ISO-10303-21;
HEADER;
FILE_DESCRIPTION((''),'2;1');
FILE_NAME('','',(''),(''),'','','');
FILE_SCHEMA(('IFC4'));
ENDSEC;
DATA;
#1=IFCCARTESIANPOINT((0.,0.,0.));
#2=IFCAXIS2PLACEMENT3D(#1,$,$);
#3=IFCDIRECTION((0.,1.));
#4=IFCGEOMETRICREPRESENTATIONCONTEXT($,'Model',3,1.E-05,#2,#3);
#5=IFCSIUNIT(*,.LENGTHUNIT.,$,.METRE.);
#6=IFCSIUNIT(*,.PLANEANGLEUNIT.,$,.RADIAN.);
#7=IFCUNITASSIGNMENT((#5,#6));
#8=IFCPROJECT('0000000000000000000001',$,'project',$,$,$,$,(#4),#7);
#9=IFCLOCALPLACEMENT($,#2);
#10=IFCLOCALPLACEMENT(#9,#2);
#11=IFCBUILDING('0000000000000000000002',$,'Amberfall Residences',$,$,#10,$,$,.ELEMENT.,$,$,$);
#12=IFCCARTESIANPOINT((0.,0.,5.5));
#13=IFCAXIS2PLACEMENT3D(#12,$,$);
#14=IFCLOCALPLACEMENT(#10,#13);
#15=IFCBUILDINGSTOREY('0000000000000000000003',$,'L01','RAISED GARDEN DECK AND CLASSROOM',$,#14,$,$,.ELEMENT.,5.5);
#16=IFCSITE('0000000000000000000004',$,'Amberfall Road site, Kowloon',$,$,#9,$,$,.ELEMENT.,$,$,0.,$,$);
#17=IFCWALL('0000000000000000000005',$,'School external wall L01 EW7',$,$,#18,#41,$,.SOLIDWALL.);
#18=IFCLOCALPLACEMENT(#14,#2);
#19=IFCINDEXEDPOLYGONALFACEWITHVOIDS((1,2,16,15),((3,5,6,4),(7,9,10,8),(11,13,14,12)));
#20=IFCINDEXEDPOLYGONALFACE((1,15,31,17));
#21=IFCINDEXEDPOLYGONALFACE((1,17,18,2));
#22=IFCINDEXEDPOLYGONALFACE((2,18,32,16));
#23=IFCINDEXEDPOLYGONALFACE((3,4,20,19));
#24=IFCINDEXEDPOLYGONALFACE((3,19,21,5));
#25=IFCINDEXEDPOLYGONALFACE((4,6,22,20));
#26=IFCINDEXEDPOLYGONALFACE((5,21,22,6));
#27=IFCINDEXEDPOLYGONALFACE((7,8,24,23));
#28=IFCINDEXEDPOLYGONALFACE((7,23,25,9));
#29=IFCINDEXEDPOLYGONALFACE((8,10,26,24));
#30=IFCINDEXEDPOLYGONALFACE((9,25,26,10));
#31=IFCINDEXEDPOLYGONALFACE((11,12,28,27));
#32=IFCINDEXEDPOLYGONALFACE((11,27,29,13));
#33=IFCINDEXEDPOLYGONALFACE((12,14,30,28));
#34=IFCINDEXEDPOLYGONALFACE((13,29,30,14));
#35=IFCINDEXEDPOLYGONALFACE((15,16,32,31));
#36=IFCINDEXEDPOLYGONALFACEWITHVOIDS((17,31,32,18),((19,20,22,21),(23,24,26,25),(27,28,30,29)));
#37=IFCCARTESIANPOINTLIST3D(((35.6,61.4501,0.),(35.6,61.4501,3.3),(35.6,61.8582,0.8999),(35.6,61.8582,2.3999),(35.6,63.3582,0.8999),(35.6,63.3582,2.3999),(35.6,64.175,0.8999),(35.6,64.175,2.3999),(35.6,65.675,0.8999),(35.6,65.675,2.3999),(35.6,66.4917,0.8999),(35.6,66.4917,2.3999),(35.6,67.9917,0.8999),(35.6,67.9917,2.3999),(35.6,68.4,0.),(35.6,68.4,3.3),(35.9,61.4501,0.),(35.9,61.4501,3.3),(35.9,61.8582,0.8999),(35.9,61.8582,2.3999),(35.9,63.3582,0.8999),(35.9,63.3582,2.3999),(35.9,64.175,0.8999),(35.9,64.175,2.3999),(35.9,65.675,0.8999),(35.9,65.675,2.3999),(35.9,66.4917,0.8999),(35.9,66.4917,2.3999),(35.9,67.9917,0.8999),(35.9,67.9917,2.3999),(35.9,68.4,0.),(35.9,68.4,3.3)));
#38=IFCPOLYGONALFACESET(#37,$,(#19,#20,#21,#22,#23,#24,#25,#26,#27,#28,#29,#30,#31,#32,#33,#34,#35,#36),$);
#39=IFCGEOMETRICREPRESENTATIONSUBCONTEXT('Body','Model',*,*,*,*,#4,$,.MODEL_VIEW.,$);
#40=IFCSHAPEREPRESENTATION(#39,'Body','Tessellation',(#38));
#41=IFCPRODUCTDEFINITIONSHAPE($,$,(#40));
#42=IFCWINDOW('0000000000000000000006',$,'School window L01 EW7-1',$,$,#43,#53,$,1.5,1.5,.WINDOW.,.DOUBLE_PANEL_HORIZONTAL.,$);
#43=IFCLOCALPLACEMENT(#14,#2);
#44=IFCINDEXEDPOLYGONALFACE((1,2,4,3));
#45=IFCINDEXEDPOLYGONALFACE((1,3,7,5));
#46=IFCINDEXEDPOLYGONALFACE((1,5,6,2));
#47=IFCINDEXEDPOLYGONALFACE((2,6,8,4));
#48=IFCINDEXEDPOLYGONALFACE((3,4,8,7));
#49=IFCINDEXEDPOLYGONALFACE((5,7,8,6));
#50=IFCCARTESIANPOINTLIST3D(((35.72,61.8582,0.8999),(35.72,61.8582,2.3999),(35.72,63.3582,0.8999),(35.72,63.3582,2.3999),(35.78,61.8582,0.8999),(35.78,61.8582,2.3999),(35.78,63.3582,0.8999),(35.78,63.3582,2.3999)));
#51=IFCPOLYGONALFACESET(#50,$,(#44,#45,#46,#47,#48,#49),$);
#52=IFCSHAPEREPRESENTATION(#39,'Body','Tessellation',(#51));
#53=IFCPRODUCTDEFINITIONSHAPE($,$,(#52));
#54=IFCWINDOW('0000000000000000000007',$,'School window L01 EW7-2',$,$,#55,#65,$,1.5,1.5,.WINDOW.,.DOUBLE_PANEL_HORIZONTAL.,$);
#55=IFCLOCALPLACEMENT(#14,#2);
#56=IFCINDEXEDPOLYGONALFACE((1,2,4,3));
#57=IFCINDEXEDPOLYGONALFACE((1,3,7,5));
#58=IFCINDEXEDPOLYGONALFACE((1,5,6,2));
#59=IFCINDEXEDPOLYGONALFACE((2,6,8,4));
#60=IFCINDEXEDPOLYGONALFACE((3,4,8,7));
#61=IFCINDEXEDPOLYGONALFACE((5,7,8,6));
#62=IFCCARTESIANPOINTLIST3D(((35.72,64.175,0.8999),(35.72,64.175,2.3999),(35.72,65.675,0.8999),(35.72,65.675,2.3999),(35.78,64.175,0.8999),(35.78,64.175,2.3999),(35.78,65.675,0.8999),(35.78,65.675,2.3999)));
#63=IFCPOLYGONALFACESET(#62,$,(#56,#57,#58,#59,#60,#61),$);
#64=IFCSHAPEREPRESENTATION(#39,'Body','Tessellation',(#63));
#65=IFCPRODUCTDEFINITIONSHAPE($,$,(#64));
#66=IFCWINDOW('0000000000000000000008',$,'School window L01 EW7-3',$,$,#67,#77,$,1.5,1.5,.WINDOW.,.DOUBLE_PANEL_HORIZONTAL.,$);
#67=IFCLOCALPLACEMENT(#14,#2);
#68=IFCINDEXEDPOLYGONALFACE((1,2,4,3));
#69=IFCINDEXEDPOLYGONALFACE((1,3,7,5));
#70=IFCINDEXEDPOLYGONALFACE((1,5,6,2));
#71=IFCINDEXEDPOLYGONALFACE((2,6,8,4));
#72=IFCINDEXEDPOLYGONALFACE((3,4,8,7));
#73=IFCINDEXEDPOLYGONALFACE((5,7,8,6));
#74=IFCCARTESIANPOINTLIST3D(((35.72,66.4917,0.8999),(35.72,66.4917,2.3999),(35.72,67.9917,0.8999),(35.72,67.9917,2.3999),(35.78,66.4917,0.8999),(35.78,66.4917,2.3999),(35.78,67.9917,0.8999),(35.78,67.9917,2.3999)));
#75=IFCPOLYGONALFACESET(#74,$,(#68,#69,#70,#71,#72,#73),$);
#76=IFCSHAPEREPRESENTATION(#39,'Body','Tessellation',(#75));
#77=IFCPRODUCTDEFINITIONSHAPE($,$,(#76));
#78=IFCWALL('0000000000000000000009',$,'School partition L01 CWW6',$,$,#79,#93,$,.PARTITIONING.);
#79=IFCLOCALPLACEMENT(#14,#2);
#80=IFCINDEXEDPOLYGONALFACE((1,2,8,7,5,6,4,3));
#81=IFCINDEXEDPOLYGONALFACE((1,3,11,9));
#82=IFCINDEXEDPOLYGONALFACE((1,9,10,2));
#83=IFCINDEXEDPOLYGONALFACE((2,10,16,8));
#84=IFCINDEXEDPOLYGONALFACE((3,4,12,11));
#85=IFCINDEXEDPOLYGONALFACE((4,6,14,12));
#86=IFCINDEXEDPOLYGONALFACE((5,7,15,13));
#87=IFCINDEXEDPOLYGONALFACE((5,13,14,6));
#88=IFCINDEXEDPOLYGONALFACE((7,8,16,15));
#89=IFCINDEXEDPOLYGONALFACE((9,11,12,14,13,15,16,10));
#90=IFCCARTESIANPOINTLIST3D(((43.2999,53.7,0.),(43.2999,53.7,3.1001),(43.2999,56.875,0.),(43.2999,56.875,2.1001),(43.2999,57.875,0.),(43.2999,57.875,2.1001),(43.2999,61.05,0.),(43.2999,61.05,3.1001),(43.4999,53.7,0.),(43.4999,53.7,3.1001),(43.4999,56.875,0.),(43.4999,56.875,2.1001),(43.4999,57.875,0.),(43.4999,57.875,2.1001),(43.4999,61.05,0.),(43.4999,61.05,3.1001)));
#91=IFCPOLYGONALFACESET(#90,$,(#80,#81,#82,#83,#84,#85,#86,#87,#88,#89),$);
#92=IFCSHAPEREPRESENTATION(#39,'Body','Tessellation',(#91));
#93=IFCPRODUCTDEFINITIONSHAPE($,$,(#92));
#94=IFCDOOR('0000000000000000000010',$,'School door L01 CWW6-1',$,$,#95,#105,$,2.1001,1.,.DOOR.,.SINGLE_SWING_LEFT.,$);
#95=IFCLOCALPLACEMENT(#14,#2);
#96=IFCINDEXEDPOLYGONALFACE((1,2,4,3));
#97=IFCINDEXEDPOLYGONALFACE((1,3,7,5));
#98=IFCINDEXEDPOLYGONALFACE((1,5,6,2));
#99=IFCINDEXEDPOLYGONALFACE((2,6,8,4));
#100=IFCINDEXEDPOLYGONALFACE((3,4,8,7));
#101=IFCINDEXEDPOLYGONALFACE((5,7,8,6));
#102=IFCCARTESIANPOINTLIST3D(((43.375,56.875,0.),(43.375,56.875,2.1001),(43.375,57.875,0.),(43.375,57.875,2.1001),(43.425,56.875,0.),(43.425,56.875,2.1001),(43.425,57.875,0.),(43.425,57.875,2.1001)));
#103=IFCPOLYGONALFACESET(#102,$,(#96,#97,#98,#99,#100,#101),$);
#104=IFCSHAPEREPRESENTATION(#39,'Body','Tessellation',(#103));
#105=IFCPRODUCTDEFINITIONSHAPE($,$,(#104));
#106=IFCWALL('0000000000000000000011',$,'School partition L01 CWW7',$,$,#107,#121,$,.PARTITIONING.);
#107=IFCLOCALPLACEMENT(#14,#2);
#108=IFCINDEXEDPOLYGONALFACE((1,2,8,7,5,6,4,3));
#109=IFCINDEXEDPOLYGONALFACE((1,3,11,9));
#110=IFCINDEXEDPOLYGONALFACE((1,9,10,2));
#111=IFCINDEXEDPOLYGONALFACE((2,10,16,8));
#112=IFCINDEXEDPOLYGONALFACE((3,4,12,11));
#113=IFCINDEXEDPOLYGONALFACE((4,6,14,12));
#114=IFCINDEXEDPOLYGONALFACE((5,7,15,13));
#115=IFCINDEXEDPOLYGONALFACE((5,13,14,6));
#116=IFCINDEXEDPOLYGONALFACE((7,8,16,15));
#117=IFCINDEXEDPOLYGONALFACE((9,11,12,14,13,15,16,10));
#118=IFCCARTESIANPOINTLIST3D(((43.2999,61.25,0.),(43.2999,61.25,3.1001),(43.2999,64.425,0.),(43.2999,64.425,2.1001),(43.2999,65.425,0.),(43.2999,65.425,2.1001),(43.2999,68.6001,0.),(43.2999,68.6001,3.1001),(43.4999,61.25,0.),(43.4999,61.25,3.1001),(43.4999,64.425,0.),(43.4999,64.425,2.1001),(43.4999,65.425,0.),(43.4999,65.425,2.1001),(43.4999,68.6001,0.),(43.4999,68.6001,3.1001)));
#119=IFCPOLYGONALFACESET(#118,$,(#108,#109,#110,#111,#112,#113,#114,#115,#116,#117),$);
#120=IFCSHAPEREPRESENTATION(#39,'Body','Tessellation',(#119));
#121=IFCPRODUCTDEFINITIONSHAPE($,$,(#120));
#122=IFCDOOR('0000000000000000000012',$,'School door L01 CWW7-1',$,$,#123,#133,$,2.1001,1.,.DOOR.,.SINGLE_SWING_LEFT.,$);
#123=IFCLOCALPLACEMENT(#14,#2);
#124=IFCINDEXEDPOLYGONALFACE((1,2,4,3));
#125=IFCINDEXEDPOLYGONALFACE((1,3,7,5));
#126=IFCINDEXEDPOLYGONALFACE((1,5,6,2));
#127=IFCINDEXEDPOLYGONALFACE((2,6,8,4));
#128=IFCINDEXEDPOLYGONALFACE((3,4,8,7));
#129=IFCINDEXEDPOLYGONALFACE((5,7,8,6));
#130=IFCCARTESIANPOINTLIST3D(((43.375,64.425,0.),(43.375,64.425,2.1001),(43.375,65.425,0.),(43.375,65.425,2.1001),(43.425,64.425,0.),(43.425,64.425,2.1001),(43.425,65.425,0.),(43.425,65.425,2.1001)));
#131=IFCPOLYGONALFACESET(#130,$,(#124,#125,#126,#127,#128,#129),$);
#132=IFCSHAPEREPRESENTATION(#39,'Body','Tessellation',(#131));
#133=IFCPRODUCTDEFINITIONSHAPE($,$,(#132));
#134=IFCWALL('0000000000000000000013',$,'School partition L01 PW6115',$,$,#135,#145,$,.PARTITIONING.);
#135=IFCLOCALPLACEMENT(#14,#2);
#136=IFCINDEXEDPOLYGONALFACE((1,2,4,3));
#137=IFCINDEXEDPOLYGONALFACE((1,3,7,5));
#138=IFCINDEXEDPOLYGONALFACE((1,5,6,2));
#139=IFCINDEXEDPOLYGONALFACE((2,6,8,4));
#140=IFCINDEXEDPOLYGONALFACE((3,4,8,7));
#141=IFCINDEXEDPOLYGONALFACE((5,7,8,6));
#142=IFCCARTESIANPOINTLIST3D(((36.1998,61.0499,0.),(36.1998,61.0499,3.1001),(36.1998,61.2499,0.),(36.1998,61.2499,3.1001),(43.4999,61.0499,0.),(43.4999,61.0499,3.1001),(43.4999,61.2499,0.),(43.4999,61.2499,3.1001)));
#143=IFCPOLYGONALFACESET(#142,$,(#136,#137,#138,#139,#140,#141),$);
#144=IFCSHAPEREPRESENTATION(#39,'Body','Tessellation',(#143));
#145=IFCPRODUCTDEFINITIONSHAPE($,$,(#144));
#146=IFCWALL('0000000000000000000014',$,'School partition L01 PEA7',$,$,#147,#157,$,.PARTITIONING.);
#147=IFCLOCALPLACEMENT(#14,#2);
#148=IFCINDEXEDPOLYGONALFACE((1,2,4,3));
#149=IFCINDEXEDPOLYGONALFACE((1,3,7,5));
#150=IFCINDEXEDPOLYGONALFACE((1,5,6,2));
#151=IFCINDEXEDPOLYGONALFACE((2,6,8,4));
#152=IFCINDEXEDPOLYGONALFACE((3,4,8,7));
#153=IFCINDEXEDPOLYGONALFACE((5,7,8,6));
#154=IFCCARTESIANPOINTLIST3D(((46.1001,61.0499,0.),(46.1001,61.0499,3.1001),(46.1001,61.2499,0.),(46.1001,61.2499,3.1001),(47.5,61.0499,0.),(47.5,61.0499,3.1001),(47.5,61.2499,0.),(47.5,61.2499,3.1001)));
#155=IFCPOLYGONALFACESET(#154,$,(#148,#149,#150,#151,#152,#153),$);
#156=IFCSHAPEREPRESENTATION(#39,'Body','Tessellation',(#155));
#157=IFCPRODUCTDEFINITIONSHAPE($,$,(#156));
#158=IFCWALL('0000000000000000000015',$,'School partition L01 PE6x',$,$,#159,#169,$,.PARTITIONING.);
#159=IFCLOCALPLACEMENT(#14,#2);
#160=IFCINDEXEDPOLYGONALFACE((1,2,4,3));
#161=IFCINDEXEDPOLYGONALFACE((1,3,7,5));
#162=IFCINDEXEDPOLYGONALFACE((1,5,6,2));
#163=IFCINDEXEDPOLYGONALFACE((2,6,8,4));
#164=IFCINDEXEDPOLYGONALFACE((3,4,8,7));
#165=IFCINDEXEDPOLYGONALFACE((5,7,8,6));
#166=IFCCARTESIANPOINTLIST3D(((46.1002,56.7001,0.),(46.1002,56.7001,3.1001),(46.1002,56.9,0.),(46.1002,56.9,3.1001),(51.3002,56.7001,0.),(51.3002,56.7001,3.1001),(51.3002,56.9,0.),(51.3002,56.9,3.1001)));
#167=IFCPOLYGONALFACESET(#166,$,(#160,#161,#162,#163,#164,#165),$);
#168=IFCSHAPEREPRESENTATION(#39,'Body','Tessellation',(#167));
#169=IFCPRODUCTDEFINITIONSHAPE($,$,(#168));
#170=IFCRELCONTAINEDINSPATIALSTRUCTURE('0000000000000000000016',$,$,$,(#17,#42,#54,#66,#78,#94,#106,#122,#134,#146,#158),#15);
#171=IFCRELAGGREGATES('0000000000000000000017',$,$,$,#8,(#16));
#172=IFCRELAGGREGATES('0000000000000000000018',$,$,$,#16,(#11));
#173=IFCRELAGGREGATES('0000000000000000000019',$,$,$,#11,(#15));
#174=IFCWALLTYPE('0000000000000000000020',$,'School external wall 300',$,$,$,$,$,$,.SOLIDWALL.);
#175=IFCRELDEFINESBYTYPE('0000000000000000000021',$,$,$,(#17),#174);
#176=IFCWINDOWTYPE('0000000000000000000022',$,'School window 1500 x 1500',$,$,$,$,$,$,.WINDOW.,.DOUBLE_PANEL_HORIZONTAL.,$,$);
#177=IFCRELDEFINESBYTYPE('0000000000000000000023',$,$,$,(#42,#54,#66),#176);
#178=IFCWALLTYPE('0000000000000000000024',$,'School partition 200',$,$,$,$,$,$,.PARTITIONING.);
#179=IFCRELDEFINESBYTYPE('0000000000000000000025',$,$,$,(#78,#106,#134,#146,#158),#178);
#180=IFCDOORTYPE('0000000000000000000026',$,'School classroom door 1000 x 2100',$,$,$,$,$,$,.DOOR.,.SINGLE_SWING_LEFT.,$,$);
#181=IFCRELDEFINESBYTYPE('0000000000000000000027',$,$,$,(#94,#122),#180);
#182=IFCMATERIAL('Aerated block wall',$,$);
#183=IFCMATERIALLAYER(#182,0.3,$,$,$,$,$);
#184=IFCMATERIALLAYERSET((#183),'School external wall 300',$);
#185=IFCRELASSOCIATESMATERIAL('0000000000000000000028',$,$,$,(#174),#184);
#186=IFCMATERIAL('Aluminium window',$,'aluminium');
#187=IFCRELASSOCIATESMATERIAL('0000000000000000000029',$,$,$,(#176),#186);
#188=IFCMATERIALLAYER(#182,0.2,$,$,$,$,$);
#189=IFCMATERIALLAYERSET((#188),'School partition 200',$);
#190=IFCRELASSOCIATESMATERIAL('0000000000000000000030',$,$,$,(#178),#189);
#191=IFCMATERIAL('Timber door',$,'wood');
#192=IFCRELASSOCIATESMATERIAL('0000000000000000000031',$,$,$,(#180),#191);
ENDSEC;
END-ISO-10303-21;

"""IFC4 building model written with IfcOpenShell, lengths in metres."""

from ifc_helpers import new_model, si_unit, direction, frame, frame_2d, origin, place, context, subcontext, project, spatial, rectangle, extrude, material, layer, layer_set, type_object, element, fill, save


model = new_model("IFC4")

# Units and contexts
model_context = context("Model", 3, precision=1e-05, world=origin(), true_north=direction((0.0, 1.0)))
body_context = subcontext(model_context, "Body", "Model", "MODEL_VIEW")
ifc_project = project(units=[si_unit("LENGTHUNIT", "METRE"), si_unit("PLANEANGLEUNIT", "RADIAN")], contexts=[model_context])

# Site, building, storey
site_placement = place(None, origin())
site = spatial("IfcSite", under=ifc_project, at=site_placement, Name="Amberfall Road site, Kowloon", CompositionType="ELEMENT", RefElevation=0.0)
building_placement = place(site_placement, origin())
building = spatial("IfcBuilding", under=site, at=building_placement, Name="Amberfall Residences", CompositionType="ELEMENT")
storey_placement = place(building_placement, frame((0.0, 0.0, 5.5)))
storey = spatial("IfcBuildingStorey", under=building, at=storey_placement, Name="L01", Description="RAISED GARDEN DECK AND CLASSROOM", CompositionType="ELEMENT", Elevation=5.5)

# Wall, openings, windows
ifc_material_1 = material(Name="Aerated block wall")
ifc_layer_1 = layer(ifc_material_1, 0.3)
ifc_layer_set_1 = layer_set([ifc_layer_1], Name="School external wall 300")
wall_type_1 = type_object("IfcWallType", Name="School external wall 300", PredefinedType="SOLIDWALL", material=ifc_layer_set_1)
ifc_material_2 = material(Name="Aluminium window", Category="aluminium")
window_type = type_object("IfcWindowType", Name="School window 1500 x 1500", PartitioningType="DOUBLE_PANEL_HORIZONTAL", PredefinedType="WINDOW", material=ifc_material_2)
wall_1_placement = place(storey_placement, frame((35.75, 61.45, 0.0), z_axis=(0.0, 0.0, 1.0), x_axis=(0.0, 1.0, 0.0)))
wall_1 = element("IfcWall", 1, at=wall_1_placement, inside=storey, type_object=wall_type_1, Name="School external wall L01 EW7", PredefinedType="SOLIDWALL", context=body_context, shape_type="SweptSolid", body=[
    extrude(rectangle(XDim=6.95, YDim=0.3, at=frame_2d((3.4751, 0.0))), origin(), (0.0, 0.0, 1.0), 3.3),
])
opening_1_placement = place(wall_1_placement, frame((0.4082, 0.0, 0.8999)))
opening_1 = element("IfcOpeningElement", 2, at=opening_1_placement, cuts=wall_1, PredefinedType="OPENING", context=body_context, shape_type="SweptSolid", body=[
    extrude(rectangle(XDim=1.5, YDim=1.5, at=frame_2d((0.75, 0.75))), frame((0.0, 0.1599, 0.0), z_axis=(0.0, -1.0, 0.0), x_axis=(1.0, 0.0, 0.0)), (0.0, 0.0, 1.0), 0.3201),
])
opening_2_placement = place(wall_1_placement, frame((2.7251, 0.0, 0.8999)))
opening_2 = element("IfcOpeningElement", 3, at=opening_2_placement, cuts=wall_1, PredefinedType="OPENING", context=body_context, shape_type="SweptSolid", body=[
    extrude(rectangle(XDim=1.5, YDim=1.5, at=frame_2d((0.75, 0.75))), frame((0.0, 0.1599, 0.0), z_axis=(0.0, -1.0, 0.0), x_axis=(1.0, 0.0, 0.0)), (0.0, 0.0, 1.0), 0.3201),
])
opening_3_placement = place(wall_1_placement, frame((5.0417, 0.0, 0.8999)))
opening_3 = element("IfcOpeningElement", 4, at=opening_3_placement, cuts=wall_1, PredefinedType="OPENING", context=body_context, shape_type="SweptSolid", body=[
    extrude(rectangle(XDim=1.5, YDim=1.5, at=frame_2d((0.75, 0.75))), frame((0.0, 0.1599, 0.0), z_axis=(0.0, -1.0, 0.0), x_axis=(1.0, 0.0, 0.0)), (0.0, 0.0, 1.0), 0.3201),
])
window_1_placement = place(opening_1_placement, origin())
window_1 = element("IfcWindow", 5, at=window_1_placement, inside=storey, type_object=window_type, Name="School window L01 EW7-1", OverallHeight=1.5, OverallWidth=1.5, PartitioningType="DOUBLE_PANEL_HORIZONTAL", PredefinedType="WINDOW", context=body_context, shape_type="SweptSolid", body=[
    extrude(rectangle(XDim=1.5, YDim=1.5, at=frame_2d((0.75, 0.75))), frame((0.0, 0.03, 0.0), z_axis=(0.0, -1.0, 0.0), x_axis=(1.0, 0.0, 0.0)), (0.0, 0.0, 1.0), 0.0601),
])
fill(opening_1, window_1)
window_2_placement = place(opening_2_placement, origin())
window_2 = element("IfcWindow", 6, at=window_2_placement, inside=storey, type_object=window_type, Name="School window L01 EW7-2", OverallHeight=1.5, OverallWidth=1.5, PartitioningType="DOUBLE_PANEL_HORIZONTAL", PredefinedType="WINDOW", context=body_context, shape_type="SweptSolid", body=[
    extrude(rectangle(XDim=1.5, YDim=1.5, at=frame_2d((0.75, 0.75))), frame((0.0, 0.03, 0.0), z_axis=(0.0, -1.0, 0.0), x_axis=(1.0, 0.0, 0.0)), (0.0, 0.0, 1.0), 0.0601),
])
fill(opening_2, window_2)
window_3_placement = place(opening_3_placement, origin())
window_3 = element("IfcWindow", 7, at=window_3_placement, inside=storey, type_object=window_type, Name="School window L01 EW7-3", OverallHeight=1.5, OverallWidth=1.5, PartitioningType="DOUBLE_PANEL_HORIZONTAL", PredefinedType="WINDOW", context=body_context, shape_type="SweptSolid", body=[
    extrude(rectangle(XDim=1.5, YDim=1.5, at=frame_2d((0.75, 0.75))), frame((0.0, 0.03, 0.0), z_axis=(0.0, -1.0, 0.0), x_axis=(1.0, 0.0, 0.0)), (0.0, 0.0, 1.0), 0.0601),
])
fill(opening_3, window_3)

# Walls, openings, doors
ifc_layer_2 = layer(ifc_material_1, 0.2)
ifc_layer_set_2 = layer_set([ifc_layer_2], Name="School partition 200")
wall_type_2 = type_object("IfcWallType", Name="School partition 200", PredefinedType="PARTITIONING", material=ifc_layer_set_2)
wall_2_placement = place(storey_placement, frame((43.3999, 53.7, 0.0), z_axis=(0.0, 0.0, 1.0), x_axis=(0.0, 1.0, 0.0)))
wall_2 = element("IfcWall", 8, at=wall_2_placement, inside=storey, type_object=wall_type_2, Name="School partition L01 CWW6", PredefinedType="PARTITIONING", context=body_context, shape_type="SweptSolid", body=[
    extrude(rectangle(XDim=7.3501, YDim=0.2, at=frame_2d((3.675, 0.0))), origin(), (0.0, 0.0, 1.0), 3.1001),
])
opening_4_placement = place(wall_2_placement, frame((3.175, 0.0, 0.0)))
opening_4 = element("IfcOpeningElement", 9, at=opening_4_placement, cuts=wall_2, PredefinedType="OPENING", context=body_context, shape_type="SweptSolid", body=[
    extrude(rectangle(XDim=1.0, YDim=2.1001, at=frame_2d((0.5, 1.05))), frame((0.0, 0.1099, 0.0), z_axis=(0.0, -1.0, 0.0), x_axis=(1.0, 0.0, 0.0)), (0.0, 0.0, 1.0), 0.22),
])
ifc_material_3 = material(Name="Timber door", Category="wood")
door_type = type_object("IfcDoorType", Name="School classroom door 1000 x 2100", OperationType="SINGLE_SWING_LEFT", PredefinedType="DOOR", material=ifc_material_3)
door_1_placement = place(opening_4_placement, origin())
door_1 = element("IfcDoor", 10, at=door_1_placement, inside=storey, type_object=door_type, Name="School door L01 CWW6-1", OperationType="SINGLE_SWING_LEFT", OverallHeight=2.1001, OverallWidth=1.0, PredefinedType="DOOR", context=body_context, shape_type="SweptSolid", body=[
    extrude(rectangle(XDim=1.0, YDim=2.1001, at=frame_2d((0.5, 1.05))), frame((0.0, 0.0249, 0.0), z_axis=(0.0, -1.0, 0.0), x_axis=(1.0, 0.0, 0.0)), (0.0, 0.0, 1.0), 0.05),
])
fill(opening_4, door_1)
wall_3_placement = place(storey_placement, frame((43.3999, 61.25, 0.0), z_axis=(0.0, 0.0, 1.0), x_axis=(0.0, 1.0, 0.0)))
wall_3 = element("IfcWall", 11, at=wall_3_placement, inside=storey, type_object=wall_type_2, Name="School partition L01 CWW7", PredefinedType="PARTITIONING", context=body_context, shape_type="SweptSolid", body=[
    extrude(rectangle(XDim=7.3501, YDim=0.2, at=frame_2d((3.675, 0.0))), origin(), (0.0, 0.0, 1.0), 3.1001),
])
opening_5_placement = place(wall_3_placement, frame((3.175, 0.0, 0.0)))
opening_5 = element("IfcOpeningElement", 12, at=opening_5_placement, cuts=wall_3, PredefinedType="OPENING", context=body_context, shape_type="SweptSolid", body=[
    extrude(rectangle(XDim=1.0, YDim=2.1001, at=frame_2d((0.5, 1.05))), frame((0.0, 0.1099, 0.0), z_axis=(0.0, -1.0, 0.0), x_axis=(1.0, 0.0, 0.0)), (0.0, 0.0, 1.0), 0.22),
])
door_2_placement = place(opening_5_placement, origin())
door_2 = element("IfcDoor", 13, at=door_2_placement, inside=storey, type_object=door_type, Name="School door L01 CWW7-1", OperationType="SINGLE_SWING_LEFT", OverallHeight=2.1001, OverallWidth=1.0, PredefinedType="DOOR", context=body_context, shape_type="SweptSolid", body=[
    extrude(rectangle(XDim=1.0, YDim=2.1001, at=frame_2d((0.5, 1.05))), frame((0.0, 0.0249, 0.0), z_axis=(0.0, -1.0, 0.0), x_axis=(1.0, 0.0, 0.0)), (0.0, 0.0, 1.0), 0.05),
])
fill(opening_5, door_2)

# Walls
wall_4_placement = place(storey_placement, frame((36.2, 61.1499, 0.0), z_axis=(0.0, 0.0, 1.0), x_axis=(1.0, 0.0, 0.0)))
element("IfcWall", 14, at=wall_4_placement, inside=storey, type_object=wall_type_2, Name="School partition L01 PW6115", PredefinedType="PARTITIONING", context=body_context, shape_type="SweptSolid", body=[
    extrude(rectangle(XDim=7.3, YDim=0.2, at=frame_2d((3.6499, 0.0))), origin(), (0.0, 0.0, 1.0), 3.1001),
])
wall_5_placement = place(storey_placement, frame((46.1001, 61.1499, 0.0), z_axis=(0.0, 0.0, 1.0), x_axis=(1.0, 0.0, 0.0)))
element("IfcWall", 15, at=wall_5_placement, inside=storey, type_object=wall_type_2, Name="School partition L01 PEA7", PredefinedType="PARTITIONING", context=body_context, shape_type="SweptSolid", body=[
    extrude(rectangle(XDim=1.3999, YDim=0.2, at=frame_2d((0.7, 0.0))), origin(), (0.0, 0.0, 1.0), 3.1001),
])
wall_6_placement = place(storey_placement, frame((46.1001, 56.8, 0.0), z_axis=(0.0, 0.0, 1.0), x_axis=(1.0, 0.0, 0.0)))
element("IfcWall", 16, at=wall_6_placement, inside=storey, type_object=wall_type_2, Name="School partition L01 PE6x", PredefinedType="PARTITIONING", context=body_context, shape_type="SweptSolid", body=[
    extrude(rectangle(XDim=5.2, YDim=0.2, at=frame_2d((2.6001, 0.0))), origin(), (0.0, 0.0, 1.0), 3.1001),
])

save(model, "model.ifc")
